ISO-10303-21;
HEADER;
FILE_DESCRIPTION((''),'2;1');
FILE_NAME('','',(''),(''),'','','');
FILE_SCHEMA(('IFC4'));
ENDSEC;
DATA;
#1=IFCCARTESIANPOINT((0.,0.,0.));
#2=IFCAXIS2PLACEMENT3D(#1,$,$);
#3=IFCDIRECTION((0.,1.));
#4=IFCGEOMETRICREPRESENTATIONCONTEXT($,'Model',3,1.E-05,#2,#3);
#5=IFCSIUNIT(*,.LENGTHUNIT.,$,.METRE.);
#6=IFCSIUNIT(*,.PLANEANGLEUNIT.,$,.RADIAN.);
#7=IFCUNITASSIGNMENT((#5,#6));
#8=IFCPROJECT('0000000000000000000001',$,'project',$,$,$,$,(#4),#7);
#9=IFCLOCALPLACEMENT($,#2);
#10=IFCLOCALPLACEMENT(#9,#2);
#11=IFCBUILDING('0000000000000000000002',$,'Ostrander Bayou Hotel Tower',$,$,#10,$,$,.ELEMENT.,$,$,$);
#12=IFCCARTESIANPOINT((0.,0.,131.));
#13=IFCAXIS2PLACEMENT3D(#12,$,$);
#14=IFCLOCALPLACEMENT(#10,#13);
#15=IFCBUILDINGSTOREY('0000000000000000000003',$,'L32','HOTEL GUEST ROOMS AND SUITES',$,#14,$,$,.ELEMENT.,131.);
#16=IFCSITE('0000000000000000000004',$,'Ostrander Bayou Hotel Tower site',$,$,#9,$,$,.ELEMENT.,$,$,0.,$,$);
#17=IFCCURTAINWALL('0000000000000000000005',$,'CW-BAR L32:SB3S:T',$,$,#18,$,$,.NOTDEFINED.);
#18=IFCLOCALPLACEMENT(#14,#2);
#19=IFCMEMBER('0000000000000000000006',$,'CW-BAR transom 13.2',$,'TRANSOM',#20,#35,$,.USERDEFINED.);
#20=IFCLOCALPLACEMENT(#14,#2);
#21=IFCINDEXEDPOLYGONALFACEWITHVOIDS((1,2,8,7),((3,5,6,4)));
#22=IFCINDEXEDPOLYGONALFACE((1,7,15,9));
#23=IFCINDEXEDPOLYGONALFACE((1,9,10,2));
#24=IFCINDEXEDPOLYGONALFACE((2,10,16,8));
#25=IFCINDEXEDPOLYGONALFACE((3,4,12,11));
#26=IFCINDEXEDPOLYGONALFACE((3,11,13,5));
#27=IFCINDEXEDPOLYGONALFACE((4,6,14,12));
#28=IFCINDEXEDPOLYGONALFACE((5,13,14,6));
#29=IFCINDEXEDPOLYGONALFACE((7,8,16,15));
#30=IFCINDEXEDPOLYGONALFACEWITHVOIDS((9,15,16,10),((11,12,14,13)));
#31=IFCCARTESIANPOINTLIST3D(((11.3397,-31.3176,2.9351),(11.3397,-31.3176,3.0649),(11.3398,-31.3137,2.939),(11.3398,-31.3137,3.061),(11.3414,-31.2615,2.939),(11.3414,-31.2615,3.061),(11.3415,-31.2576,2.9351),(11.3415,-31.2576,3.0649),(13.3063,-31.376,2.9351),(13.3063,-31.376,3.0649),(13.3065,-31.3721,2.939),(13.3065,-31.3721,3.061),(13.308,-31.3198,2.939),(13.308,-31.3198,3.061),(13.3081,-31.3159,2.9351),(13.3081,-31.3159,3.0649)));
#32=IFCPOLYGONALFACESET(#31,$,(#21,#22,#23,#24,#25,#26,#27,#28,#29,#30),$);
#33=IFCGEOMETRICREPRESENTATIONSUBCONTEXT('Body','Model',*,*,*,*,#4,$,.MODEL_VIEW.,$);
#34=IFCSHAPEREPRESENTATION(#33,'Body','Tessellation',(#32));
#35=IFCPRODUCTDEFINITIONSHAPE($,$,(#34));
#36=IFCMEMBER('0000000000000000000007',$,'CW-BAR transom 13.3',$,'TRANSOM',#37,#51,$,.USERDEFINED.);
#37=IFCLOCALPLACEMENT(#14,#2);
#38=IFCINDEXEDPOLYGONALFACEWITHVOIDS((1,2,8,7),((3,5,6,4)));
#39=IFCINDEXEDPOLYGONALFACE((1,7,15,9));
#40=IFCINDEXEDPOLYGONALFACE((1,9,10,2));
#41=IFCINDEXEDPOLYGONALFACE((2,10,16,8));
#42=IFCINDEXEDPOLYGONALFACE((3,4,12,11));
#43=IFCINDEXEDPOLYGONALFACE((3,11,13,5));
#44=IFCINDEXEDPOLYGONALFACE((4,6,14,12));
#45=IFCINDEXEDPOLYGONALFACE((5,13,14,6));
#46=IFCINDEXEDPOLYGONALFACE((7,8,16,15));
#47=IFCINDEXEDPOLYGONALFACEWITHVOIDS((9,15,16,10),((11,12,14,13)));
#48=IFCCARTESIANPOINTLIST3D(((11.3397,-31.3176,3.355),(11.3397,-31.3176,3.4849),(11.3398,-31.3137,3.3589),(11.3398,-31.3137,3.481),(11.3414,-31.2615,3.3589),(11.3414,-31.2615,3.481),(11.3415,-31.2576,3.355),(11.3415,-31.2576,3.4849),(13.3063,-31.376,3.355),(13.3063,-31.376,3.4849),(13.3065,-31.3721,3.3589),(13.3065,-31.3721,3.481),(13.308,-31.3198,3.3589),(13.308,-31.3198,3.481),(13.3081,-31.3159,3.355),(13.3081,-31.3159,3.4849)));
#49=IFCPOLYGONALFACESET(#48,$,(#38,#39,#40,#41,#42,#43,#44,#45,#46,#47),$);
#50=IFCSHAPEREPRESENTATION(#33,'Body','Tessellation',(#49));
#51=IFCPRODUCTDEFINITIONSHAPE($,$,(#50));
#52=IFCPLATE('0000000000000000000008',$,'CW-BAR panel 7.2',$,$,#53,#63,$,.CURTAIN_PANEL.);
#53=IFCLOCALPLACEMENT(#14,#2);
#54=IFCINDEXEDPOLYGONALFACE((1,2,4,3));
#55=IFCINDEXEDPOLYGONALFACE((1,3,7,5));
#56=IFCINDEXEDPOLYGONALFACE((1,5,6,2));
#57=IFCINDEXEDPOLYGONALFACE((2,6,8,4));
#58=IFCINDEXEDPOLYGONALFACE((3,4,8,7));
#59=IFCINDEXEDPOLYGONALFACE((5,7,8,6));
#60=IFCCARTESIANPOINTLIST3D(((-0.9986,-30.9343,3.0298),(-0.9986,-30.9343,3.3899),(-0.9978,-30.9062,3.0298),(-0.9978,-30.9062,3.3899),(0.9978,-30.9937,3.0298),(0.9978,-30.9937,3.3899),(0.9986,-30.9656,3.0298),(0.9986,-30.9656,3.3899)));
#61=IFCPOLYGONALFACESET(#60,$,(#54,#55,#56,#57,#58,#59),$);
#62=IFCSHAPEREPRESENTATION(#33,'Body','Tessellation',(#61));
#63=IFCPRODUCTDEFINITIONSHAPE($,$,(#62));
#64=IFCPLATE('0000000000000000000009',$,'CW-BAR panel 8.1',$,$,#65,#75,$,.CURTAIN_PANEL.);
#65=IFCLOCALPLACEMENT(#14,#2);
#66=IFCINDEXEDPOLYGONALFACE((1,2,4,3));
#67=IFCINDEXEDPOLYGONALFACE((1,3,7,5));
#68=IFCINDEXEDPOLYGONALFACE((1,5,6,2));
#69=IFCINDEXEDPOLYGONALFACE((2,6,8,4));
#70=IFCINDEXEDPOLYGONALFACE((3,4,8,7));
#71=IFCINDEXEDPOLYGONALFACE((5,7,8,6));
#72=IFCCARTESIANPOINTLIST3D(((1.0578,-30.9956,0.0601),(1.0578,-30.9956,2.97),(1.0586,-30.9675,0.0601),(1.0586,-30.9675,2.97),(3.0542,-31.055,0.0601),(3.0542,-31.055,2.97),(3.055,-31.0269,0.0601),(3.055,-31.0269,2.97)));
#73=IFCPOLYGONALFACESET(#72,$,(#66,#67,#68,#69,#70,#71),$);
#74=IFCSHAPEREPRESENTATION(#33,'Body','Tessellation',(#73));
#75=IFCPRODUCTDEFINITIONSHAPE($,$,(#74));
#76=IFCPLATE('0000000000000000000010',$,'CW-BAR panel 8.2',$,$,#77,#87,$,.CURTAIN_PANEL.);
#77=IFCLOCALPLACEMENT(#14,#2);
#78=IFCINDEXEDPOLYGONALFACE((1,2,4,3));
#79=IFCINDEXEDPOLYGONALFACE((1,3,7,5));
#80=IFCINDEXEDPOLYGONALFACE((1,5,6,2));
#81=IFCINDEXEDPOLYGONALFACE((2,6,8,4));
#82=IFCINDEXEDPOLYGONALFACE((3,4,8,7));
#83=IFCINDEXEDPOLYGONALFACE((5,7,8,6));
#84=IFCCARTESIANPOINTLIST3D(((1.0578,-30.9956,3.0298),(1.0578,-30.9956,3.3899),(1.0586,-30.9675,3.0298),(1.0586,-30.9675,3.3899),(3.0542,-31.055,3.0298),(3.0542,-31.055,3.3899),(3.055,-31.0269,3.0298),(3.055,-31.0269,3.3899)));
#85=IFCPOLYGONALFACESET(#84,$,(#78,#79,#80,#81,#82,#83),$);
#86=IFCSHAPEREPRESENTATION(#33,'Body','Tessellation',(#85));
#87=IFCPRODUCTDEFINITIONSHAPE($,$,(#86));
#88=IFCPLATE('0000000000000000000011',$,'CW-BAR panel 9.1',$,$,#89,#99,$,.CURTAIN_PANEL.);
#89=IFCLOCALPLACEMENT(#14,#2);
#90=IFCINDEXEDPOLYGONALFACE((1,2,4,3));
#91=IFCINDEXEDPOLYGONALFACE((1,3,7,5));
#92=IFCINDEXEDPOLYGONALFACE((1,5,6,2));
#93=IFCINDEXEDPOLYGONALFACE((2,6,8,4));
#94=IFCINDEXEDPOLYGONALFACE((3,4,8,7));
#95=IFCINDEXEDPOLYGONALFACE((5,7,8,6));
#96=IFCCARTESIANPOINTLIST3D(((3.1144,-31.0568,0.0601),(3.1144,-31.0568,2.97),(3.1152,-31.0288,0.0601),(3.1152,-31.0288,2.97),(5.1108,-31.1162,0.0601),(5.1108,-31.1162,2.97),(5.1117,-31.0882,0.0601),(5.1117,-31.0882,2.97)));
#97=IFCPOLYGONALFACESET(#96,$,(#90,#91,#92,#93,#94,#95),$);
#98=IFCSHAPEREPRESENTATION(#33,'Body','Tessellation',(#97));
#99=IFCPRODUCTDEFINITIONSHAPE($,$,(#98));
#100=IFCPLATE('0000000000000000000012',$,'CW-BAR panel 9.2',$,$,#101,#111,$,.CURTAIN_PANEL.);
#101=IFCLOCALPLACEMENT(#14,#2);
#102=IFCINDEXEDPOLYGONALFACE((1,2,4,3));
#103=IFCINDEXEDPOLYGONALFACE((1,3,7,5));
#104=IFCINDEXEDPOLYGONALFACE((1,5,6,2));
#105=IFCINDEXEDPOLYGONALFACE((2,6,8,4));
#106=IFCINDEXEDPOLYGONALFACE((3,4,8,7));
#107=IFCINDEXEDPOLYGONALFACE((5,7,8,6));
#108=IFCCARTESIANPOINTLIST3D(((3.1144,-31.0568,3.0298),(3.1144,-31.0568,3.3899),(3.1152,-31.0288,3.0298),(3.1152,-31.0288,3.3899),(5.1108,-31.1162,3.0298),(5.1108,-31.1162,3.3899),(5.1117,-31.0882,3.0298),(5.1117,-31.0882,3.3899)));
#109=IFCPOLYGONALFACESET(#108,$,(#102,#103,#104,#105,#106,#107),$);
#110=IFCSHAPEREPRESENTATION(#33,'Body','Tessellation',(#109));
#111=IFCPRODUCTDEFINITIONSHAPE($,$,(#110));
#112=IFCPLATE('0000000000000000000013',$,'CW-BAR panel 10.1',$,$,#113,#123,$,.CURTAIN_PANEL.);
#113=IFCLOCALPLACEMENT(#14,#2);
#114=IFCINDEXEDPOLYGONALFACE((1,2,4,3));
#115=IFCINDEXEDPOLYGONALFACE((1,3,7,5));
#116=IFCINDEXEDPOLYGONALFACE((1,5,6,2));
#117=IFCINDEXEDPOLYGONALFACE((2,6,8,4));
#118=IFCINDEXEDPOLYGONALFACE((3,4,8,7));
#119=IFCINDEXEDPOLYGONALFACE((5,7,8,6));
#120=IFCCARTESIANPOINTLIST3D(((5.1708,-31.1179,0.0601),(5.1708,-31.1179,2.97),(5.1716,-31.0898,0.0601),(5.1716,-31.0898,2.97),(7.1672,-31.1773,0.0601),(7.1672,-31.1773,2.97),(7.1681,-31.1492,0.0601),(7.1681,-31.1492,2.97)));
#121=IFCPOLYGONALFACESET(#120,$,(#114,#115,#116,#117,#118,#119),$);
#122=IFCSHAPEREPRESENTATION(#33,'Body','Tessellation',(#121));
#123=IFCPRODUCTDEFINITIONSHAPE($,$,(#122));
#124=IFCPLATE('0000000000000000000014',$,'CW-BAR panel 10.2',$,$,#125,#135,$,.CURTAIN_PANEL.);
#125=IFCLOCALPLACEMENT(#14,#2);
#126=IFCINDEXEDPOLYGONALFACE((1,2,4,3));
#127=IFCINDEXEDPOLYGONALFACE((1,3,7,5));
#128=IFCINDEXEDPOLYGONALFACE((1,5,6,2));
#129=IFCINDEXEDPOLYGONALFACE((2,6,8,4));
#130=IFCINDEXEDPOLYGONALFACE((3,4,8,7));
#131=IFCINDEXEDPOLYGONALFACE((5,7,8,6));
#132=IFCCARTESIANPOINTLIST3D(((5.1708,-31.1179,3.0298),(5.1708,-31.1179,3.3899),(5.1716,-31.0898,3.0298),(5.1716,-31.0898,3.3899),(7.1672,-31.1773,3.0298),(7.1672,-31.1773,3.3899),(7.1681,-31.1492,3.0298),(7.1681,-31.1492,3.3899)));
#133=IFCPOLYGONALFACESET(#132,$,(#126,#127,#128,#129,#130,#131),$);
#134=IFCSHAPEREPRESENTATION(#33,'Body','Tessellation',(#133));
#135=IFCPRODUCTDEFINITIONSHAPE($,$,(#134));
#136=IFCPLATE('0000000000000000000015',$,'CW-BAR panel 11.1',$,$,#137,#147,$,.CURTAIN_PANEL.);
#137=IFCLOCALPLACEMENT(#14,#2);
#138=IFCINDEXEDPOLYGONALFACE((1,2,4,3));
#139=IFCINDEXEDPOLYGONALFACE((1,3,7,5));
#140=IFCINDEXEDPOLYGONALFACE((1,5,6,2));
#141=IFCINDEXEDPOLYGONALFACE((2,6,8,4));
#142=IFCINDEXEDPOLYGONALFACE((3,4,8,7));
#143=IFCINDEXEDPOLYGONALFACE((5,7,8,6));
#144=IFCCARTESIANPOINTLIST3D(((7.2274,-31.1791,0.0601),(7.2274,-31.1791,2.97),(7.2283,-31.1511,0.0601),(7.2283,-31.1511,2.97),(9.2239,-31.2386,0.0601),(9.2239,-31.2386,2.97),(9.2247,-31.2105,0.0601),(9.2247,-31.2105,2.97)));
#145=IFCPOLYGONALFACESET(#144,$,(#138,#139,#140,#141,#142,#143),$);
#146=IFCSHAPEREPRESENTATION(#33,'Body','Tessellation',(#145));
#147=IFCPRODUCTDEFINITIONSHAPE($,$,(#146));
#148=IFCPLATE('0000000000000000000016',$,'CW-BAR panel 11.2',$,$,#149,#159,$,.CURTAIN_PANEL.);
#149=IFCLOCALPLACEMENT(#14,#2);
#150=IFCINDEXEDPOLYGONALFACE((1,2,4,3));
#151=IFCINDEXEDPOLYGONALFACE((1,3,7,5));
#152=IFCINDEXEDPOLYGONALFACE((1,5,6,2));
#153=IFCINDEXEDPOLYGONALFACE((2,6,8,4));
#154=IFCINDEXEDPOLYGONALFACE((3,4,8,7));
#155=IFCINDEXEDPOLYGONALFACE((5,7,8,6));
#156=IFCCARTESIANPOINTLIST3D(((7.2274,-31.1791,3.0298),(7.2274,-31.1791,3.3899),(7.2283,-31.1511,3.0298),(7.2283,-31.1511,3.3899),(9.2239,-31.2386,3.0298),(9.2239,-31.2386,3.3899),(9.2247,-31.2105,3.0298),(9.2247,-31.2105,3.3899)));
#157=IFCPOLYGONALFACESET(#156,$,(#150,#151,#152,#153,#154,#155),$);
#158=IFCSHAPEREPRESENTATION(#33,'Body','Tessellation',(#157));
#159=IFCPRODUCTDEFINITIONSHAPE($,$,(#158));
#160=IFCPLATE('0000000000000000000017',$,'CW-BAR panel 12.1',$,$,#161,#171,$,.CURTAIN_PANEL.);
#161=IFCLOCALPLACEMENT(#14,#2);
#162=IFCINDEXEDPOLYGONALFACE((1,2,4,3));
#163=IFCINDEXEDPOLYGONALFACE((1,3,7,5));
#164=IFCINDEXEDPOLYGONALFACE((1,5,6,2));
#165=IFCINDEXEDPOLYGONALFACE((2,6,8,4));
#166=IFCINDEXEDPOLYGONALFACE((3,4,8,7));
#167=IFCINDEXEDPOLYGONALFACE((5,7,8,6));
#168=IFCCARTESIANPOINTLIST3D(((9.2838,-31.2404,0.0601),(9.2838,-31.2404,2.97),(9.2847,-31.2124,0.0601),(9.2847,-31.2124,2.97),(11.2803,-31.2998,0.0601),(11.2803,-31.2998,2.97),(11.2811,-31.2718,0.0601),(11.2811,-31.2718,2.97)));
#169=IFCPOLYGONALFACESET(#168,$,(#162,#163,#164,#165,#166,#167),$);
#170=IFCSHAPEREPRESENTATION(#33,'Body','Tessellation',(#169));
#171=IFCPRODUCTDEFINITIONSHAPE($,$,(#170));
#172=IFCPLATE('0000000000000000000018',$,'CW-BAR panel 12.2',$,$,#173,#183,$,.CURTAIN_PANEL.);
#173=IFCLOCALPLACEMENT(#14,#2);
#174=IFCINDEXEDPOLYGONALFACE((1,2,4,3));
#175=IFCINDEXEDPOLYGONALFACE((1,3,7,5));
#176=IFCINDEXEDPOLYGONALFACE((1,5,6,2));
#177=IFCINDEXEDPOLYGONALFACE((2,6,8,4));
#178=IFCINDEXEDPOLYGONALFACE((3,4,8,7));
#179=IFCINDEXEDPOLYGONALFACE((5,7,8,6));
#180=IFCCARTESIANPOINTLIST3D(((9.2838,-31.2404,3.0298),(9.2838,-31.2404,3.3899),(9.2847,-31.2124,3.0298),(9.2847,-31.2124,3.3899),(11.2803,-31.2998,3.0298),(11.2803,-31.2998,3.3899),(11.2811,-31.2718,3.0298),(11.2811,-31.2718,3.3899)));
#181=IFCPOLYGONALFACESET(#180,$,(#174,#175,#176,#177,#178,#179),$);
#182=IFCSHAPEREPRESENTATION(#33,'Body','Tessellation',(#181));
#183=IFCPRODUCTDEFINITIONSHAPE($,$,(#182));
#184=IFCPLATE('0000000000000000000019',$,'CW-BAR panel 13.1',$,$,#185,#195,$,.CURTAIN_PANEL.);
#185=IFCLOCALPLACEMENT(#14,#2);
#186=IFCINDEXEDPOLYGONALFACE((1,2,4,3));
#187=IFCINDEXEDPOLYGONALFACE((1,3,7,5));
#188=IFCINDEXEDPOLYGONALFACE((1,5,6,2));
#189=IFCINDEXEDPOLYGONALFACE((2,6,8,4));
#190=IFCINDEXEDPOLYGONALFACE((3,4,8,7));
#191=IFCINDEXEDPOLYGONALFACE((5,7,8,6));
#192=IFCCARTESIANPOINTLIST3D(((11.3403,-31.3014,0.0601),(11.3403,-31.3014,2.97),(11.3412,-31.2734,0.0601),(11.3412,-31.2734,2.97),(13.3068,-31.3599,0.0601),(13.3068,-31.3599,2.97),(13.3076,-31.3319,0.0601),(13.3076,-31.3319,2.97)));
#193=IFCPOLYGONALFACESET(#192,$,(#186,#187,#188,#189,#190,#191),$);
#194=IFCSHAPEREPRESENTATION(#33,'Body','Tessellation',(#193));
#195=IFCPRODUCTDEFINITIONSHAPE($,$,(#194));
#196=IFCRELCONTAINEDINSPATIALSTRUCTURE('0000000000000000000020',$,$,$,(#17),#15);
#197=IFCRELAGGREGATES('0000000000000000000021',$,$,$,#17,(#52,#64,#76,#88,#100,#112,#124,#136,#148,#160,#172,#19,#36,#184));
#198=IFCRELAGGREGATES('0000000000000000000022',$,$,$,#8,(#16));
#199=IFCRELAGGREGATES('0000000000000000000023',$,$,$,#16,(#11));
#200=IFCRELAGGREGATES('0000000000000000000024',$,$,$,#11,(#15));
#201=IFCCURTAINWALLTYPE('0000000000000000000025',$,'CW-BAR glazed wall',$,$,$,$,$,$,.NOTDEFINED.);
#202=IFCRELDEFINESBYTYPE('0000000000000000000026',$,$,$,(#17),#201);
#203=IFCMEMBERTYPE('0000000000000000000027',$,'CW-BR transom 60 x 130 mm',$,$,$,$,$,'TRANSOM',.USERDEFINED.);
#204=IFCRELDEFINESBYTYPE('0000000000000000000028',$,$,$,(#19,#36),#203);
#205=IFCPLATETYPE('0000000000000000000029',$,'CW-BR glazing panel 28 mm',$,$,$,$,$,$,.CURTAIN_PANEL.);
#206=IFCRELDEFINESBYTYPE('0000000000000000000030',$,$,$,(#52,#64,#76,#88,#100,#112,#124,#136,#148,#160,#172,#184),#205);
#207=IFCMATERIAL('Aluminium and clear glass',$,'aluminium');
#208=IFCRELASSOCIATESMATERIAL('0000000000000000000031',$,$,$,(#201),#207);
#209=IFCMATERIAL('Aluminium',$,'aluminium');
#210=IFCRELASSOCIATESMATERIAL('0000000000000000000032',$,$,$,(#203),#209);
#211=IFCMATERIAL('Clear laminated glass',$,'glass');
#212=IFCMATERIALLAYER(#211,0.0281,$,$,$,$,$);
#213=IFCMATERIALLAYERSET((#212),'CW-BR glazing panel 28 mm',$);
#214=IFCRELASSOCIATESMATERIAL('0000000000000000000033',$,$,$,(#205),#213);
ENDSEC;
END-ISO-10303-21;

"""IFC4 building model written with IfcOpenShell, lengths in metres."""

from ifc_helpers import new_model, si_unit, direction, frame, origin, origin_2d, place, context, subcontext, project, spatial, rectangle, hollow_rectangle, extrude, material, layer, layer_set, material_profile, profile_set, type_object, element, aggregate, save


model = new_model("IFC4")

# Units and contexts
model_context = context("Model", 3, precision=1e-05, world=origin(), true_north=direction((0.0, 1.0)))
body_context = subcontext(model_context, "Body", "Model", "MODEL_VIEW")
ifc_project = project(units=[si_unit("LENGTHUNIT", "METRE"), si_unit("PLANEANGLEUNIT", "RADIAN")], contexts=[model_context])

# Site, building, storey
site_placement = place(None, origin())
site = spatial("IfcSite", under=ifc_project, at=site_placement, Name="Ostrander Bayou Hotel Tower site", CompositionType="ELEMENT", RefElevation=0.0)
building_placement = place(site_placement, origin())
building = spatial("IfcBuilding", under=site, at=building_placement, Name="Ostrander Bayou Hotel Tower", CompositionType="ELEMENT")
storey_placement = place(building_placement, frame((0.0, 0.0, 131.0)))
storey = spatial("IfcBuildingStorey", under=building, at=storey_placement, Name="L32", Description="HOTEL GUEST ROOMS AND SUITES", CompositionType="ELEMENT", Elevation=131.0)

# Curtain wall, members, plates
ifc_material_1 = material(Name="Aluminium and clear glass", Category="aluminium")
curtain_wall_type = type_object("IfcCurtainWallType", Name="CW-BAR glazed wall", PredefinedType="NOTDEFINED", material=ifc_material_1)
curtain_wall_placement = place(storey_placement, origin())
curtain_wall = element("IfcCurtainWall", 1, at=curtain_wall_placement, inside=storey, type_object=curtain_wall_type, Name="CW-BAR L32:SB3S:T", PredefinedType="NOTDEFINED")
ifc_material_2 = material(Name="Aluminium", Category="aluminium")
ifc_material_profile_1 = material_profile(ifc_material_2, hollow_rectangle(XDim=0.0601, YDim=0.1299, WallThickness=0.0039, at=origin_2d()))
ifc_profile_set_1 = profile_set([ifc_material_profile_1], Name="Aluminium")
member_type_1 = type_object("IfcMemberType", Name="CW-BR transom 60 x 130 mm", ElementType="TRANSOM", PredefinedType="USERDEFINED", material=ifc_profile_set_1)
member_1_placement = place(storey_placement, frame((11.3406, -31.2876, 3.0), z_axis=(0.99956, -0.029658, 0.0), x_axis=(0.029658, 0.99956, 0.0)))
member_1 = element("IfcMember", 2, at=member_1_placement, type_object=member_type_1, Name="CW-BAR transom 13.2", ObjectType="TRANSOM", PredefinedType="USERDEFINED", context=body_context, shape_type="SweptSolid", body=[
    extrude(hollow_rectangle(XDim=0.0601, YDim=0.1299, WallThickness=0.0039, at=origin_2d()), origin(), (0.0, 0.0, 1.0), 1.9675),
])
member_2_placement = place(storey_placement, frame((11.3406, -31.2876, 3.4199), z_axis=(0.99956, -0.029658, 0.0), x_axis=(0.029658, 0.99956, 0.0)))
member_2 = element("IfcMember", 3, at=member_2_placement, type_object=member_type_1, Name="CW-BAR transom 13.3", ObjectType="TRANSOM", PredefinedType="USERDEFINED", context=body_context, shape_type="SweptSolid", body=[
    extrude(hollow_rectangle(XDim=0.0601, YDim=0.1299, WallThickness=0.0039, at=origin_2d()), origin(), (0.0, 0.0, 1.0), 1.9675),
])
ifc_material_3 = material(Name="Clear laminated glass", Category="glass")
ifc_layer_1 = layer(ifc_material_3, 0.0281)
ifc_layer_set_1 = layer_set([ifc_layer_1], Name="CW-BR glazing panel 28 mm")
plate_type = type_object("IfcPlateType", Name="CW-BR glazing panel 28 mm", PredefinedType="CURTAIN_PANEL", material=ifc_layer_set_1)
plate_1_placement = place(storey_placement, frame((0.0, -30.95, 3.0298), z_axis=(0.0, 0.0, 1.0), x_axis=(0.999557, -0.029746, 0.0)))
plate_1 = element("IfcPlate", 4, at=plate_1_placement, type_object=plate_type, Name="CW-BAR panel 7.2", PredefinedType="CURTAIN_PANEL", context=body_context, shape_type="SweptSolid", body=[
    extrude(rectangle(XDim=1.9973, YDim=0.0281, at=origin_2d()), origin(), (0.0, 0.0, 1.0), 0.3601),
])
plate_2_placement = place(storey_placement, frame((2.0564, -31.0112, 0.0601), z_axis=(0.0, 0.0, 1.0), x_axis=(0.999557, -0.029746, 0.0)))
plate_2 = element("IfcPlate", 5, at=plate_2_placement, type_object=plate_type, Name="CW-BAR panel 8.1", PredefinedType="CURTAIN_PANEL", context=body_context, shape_type="SweptSolid", body=[
    extrude(rectangle(XDim=1.9973, YDim=0.0281, at=origin_2d()), origin(), (0.0, 0.0, 1.0), 2.9099),
])
plate_3_placement = place(storey_placement, frame((2.0564, -31.0112, 3.0298), z_axis=(0.0, 0.0, 1.0), x_axis=(0.999557, -0.029746, 0.0)))
plate_3 = element("IfcPlate", 6, at=plate_3_placement, type_object=plate_type, Name="CW-BAR panel 8.2", PredefinedType="CURTAIN_PANEL", context=body_context, shape_type="SweptSolid", body=[
    extrude(rectangle(XDim=1.9973, YDim=0.0281, at=origin_2d()), origin(), (0.0, 0.0, 1.0), 0.3601),
])
plate_4_placement = place(storey_placement, frame((4.113, -31.0725, 0.0601), z_axis=(0.0, 0.0, 1.0), x_axis=(0.999557, -0.029746, 0.0)))
plate_4 = element("IfcPlate", 7, at=plate_4_placement, type_object=plate_type, Name="CW-BAR panel 9.1", PredefinedType="CURTAIN_PANEL", context=body_context, shape_type="SweptSolid", body=[
    extrude(rectangle(XDim=1.9973, YDim=0.0281, at=origin_2d()), origin(), (0.0, 0.0, 1.0), 2.9099),
])
plate_5_placement = place(storey_placement, frame((4.113, -31.0725, 3.0298), z_axis=(0.0, 0.0, 1.0), x_axis=(0.999557, -0.029746, 0.0)))
plate_5 = element("IfcPlate", 8, at=plate_5_placement, type_object=plate_type, Name="CW-BAR panel 9.2", PredefinedType="CURTAIN_PANEL", context=body_context, shape_type="SweptSolid", body=[
    extrude(rectangle(XDim=1.9973, YDim=0.0281, at=origin_2d()), origin(), (0.0, 0.0, 1.0), 0.3601),
])
plate_6_placement = place(storey_placement, frame((6.1694, -31.1335, 0.0601), z_axis=(0.0, 0.0, 1.0), x_axis=(0.999557, -0.029746, 0.0)))
plate_6 = element("IfcPlate", 9, at=plate_6_placement, type_object=plate_type, Name="CW-BAR panel 10.1", PredefinedType="CURTAIN_PANEL", context=body_context, shape_type="SweptSolid", body=[
    extrude(rectangle(XDim=1.9973, YDim=0.0281, at=origin_2d()), origin(), (0.0, 0.0, 1.0), 2.9099),
])
plate_7_placement = place(storey_placement, frame((6.1694, -31.1335, 3.0298), z_axis=(0.0, 0.0, 1.0), x_axis=(0.999557, -0.029746, 0.0)))
plate_7 = element("IfcPlate", 10, at=plate_7_placement, type_object=plate_type, Name="CW-BAR panel 10.2", PredefinedType="CURTAIN_PANEL", context=body_context, shape_type="SweptSolid", body=[
    extrude(rectangle(XDim=1.9973, YDim=0.0281, at=origin_2d()), origin(), (0.0, 0.0, 1.0), 0.3601),
])
plate_8_placement = place(storey_placement, frame((8.2261, -31.1948, 0.0601), z_axis=(0.0, 0.0, 1.0), x_axis=(0.999557, -0.029746, 0.0)))
plate_8 = element("IfcPlate", 11, at=plate_8_placement, type_object=plate_type, Name="CW-BAR panel 11.1", PredefinedType="CURTAIN_PANEL", context=body_context, shape_type="SweptSolid", body=[
    extrude(rectangle(XDim=1.9973, YDim=0.0281, at=origin_2d()), origin(), (0.0, 0.0, 1.0), 2.9099),
])
plate_9_placement = place(storey_placement, frame((8.2261, -31.1948, 3.0298), z_axis=(0.0, 0.0, 1.0), x_axis=(0.999557, -0.029746, 0.0)))
plate_9 = element("IfcPlate", 12, at=plate_9_placement, type_object=plate_type, Name="CW-BAR panel 11.2", PredefinedType="CURTAIN_PANEL", context=body_context, shape_type="SweptSolid", body=[
    extrude(rectangle(XDim=1.9973, YDim=0.0281, at=origin_2d()), origin(), (0.0, 0.0, 1.0), 0.3601),
])
plate_10_placement = place(storey_placement, frame((10.2825, -31.2561, 0.0601), z_axis=(0.0, 0.0, 1.0), x_axis=(0.999557, -0.029746, 0.0)))
plate_10 = element("IfcPlate", 13, at=plate_10_placement, type_object=plate_type, Name="CW-BAR panel 12.1", PredefinedType="CURTAIN_PANEL", context=body_context, shape_type="SweptSolid", body=[
    extrude(rectangle(XDim=1.9973, YDim=0.0281, at=origin_2d()), origin(), (0.0, 0.0, 1.0), 2.9099),
])
plate_11_placement = place(storey_placement, frame((10.2825, -31.2561, 3.0298), z_axis=(0.0, 0.0, 1.0), x_axis=(0.999557, -0.029746, 0.0)))
plate_11 = element("IfcPlate", 14, at=plate_11_placement, type_object=plate_type, Name="CW-BAR panel 12.2", PredefinedType="CURTAIN_PANEL", context=body_context, shape_type="SweptSolid", body=[
    extrude(rectangle(XDim=1.9973, YDim=0.0281, at=origin_2d()), origin(), (0.0, 0.0, 1.0), 0.3601),
])
plate_12_placement = place(storey_placement, frame((12.324, -31.3167, 0.0601), z_axis=(0.0, 0.0, 1.0), x_axis=(0.999557, -0.029746, 0.0)))
plate_12 = element("IfcPlate", 15, at=plate_12_placement, type_object=plate_type, Name="CW-BAR panel 13.1", PredefinedType="CURTAIN_PANEL", context=body_context, shape_type="SweptSolid", body=[
    extrude(rectangle(XDim=1.9673, YDim=0.0281, at=origin_2d()), origin(), (0.0, 0.0, 1.0), 2.9099),
])
aggregate(curtain_wall, [plate_1, plate_2, plate_3, plate_4, plate_5, plate_6, plate_7, plate_8, plate_9, plate_10, plate_11, member_1, member_2, plate_12])

save(model, "model.ifc")
